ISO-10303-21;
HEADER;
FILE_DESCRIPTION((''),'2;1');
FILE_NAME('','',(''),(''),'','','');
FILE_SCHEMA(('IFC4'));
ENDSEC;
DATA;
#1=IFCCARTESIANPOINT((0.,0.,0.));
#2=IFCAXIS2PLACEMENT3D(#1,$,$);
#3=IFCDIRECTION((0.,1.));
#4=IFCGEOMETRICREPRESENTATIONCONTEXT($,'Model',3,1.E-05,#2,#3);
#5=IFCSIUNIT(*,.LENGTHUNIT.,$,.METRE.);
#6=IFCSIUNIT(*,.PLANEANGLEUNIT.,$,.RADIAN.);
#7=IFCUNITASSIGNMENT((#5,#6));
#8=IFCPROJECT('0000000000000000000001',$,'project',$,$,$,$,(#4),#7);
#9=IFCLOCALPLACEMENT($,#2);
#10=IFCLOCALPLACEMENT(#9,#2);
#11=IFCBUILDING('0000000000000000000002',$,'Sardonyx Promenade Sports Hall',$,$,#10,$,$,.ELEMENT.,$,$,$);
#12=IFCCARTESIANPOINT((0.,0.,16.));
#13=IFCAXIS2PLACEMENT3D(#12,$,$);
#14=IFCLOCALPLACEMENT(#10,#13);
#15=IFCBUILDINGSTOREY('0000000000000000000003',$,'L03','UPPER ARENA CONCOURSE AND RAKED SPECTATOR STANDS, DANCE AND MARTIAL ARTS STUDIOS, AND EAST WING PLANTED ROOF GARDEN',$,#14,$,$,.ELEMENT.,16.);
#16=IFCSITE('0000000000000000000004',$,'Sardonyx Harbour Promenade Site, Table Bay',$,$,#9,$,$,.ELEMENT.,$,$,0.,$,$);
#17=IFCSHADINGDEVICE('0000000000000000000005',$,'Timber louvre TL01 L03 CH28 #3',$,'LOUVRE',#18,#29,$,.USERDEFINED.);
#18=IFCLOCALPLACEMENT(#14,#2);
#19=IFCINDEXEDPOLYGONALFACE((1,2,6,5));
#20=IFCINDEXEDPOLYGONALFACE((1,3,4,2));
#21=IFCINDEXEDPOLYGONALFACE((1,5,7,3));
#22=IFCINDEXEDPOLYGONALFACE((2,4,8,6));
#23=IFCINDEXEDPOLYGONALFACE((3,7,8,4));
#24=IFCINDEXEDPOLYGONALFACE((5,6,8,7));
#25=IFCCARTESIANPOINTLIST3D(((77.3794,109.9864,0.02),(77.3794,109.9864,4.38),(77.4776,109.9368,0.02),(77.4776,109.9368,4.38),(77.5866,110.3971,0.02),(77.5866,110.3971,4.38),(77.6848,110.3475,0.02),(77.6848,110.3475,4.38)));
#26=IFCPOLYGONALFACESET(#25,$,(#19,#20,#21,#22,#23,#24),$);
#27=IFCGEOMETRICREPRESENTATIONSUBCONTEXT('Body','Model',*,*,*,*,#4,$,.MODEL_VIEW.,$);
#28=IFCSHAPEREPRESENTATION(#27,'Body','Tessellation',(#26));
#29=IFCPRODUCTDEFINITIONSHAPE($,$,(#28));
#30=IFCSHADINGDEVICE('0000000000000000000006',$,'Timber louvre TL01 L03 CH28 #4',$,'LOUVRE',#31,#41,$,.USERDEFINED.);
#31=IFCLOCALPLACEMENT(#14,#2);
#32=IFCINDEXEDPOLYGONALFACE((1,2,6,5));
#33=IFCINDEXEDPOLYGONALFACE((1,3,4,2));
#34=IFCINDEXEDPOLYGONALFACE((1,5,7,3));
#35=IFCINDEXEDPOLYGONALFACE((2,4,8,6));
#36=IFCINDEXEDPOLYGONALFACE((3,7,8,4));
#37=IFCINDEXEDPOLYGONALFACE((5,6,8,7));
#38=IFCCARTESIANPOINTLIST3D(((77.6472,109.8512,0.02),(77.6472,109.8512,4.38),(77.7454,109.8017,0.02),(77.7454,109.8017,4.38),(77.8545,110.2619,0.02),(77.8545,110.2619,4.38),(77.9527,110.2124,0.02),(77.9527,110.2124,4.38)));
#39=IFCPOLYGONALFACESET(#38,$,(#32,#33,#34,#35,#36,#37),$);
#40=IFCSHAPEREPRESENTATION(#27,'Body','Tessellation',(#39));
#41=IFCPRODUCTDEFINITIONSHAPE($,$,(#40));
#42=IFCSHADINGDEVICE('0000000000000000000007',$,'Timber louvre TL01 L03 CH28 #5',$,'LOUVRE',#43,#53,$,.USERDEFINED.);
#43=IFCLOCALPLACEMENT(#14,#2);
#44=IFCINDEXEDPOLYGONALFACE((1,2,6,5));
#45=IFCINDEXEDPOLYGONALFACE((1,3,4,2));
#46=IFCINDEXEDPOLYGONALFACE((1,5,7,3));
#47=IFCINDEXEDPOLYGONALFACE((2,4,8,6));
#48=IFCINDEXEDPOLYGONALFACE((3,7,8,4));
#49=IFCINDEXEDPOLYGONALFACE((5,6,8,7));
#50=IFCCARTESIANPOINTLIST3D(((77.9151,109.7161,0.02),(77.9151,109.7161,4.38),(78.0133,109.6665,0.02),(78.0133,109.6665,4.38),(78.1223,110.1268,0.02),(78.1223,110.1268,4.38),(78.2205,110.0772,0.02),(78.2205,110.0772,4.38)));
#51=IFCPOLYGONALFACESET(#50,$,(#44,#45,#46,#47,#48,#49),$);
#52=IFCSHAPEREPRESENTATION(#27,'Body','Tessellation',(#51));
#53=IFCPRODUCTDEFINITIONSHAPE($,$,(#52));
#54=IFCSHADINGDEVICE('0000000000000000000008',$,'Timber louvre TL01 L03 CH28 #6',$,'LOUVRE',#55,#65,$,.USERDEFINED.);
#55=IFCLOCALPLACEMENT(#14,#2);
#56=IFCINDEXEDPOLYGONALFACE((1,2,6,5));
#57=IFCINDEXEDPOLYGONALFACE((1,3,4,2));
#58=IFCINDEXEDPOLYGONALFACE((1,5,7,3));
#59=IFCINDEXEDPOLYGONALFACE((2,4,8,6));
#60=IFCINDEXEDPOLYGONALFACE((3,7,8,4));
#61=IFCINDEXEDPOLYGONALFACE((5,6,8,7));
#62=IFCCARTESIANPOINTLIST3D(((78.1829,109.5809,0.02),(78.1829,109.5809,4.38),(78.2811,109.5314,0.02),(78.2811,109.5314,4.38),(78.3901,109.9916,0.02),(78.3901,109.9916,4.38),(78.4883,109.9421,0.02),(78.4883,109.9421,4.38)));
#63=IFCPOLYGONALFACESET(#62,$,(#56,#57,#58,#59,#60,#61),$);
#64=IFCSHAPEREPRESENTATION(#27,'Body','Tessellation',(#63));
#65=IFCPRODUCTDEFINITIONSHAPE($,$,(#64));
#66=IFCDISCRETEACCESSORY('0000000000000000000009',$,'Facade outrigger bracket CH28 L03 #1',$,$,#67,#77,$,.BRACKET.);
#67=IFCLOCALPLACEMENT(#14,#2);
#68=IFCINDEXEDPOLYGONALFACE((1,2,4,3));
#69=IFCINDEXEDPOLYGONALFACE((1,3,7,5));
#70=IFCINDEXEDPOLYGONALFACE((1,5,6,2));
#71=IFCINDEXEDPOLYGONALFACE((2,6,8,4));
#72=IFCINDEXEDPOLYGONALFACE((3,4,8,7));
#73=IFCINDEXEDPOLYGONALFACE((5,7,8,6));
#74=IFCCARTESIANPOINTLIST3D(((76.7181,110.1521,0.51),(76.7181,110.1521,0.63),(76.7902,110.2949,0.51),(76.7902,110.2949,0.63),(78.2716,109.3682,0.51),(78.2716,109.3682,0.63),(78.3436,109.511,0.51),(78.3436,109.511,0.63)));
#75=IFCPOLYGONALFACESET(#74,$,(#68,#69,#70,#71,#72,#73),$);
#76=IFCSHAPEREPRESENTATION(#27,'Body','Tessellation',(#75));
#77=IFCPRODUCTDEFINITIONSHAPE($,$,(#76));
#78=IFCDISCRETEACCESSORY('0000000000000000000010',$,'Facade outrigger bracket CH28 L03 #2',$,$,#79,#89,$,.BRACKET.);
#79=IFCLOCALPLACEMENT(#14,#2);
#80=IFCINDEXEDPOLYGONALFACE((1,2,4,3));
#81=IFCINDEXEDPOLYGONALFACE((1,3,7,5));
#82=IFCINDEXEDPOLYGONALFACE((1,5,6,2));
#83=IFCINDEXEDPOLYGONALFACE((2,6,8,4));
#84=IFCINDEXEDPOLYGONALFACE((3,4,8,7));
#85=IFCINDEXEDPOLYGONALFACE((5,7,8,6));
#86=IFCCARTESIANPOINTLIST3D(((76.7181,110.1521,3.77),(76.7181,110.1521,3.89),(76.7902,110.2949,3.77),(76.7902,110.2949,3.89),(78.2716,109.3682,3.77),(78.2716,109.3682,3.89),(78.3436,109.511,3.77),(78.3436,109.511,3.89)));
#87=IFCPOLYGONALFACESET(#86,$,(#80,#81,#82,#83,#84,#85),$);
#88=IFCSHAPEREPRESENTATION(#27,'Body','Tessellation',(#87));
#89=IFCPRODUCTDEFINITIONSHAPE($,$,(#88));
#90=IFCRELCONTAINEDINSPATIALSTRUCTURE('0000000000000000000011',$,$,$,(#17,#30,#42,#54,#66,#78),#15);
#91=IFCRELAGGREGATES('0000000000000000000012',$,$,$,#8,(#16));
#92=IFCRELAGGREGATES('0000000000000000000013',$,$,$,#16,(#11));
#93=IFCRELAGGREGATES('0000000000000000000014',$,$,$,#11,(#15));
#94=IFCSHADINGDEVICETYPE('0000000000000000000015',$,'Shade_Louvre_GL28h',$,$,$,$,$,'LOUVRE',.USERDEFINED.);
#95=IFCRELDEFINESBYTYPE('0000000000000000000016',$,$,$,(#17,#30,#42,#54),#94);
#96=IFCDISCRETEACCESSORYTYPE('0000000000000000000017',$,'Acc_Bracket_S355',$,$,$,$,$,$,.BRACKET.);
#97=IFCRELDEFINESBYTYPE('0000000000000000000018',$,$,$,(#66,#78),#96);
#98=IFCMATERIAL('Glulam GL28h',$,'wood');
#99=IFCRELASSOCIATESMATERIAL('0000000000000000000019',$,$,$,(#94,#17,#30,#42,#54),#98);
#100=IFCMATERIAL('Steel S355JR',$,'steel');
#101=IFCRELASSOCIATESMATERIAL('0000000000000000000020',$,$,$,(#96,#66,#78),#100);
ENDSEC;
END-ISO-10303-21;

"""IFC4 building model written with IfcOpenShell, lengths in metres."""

from ifc_helpers import new_model, si_unit, direction, frame, origin, place, context, subcontext, project, spatial, rectangle, extrude, material, type_object, element, save


model = new_model("IFC4")

# Units and contexts
model_context = context("Model", 3, precision=1e-05, world=origin(), true_north=direction((0.0, 1.0)))
body_context = subcontext(model_context, "Body", "Model", "MODEL_VIEW")
ifc_project = project(units=[si_unit("LENGTHUNIT", "METRE"), si_unit("PLANEANGLEUNIT", "RADIAN")], contexts=[model_context])

# Site, building, storey
site_placement = place(None, origin())
site = spatial("IfcSite", under=ifc_project, at=site_placement, Name="Sardonyx Harbour Promenade Site, Table Bay", CompositionType="ELEMENT", RefElevation=0.0)
building_placement = place(site_placement, origin())
building = spatial("IfcBuilding", under=site, at=building_placement, Name="Sardonyx Promenade Sports Hall", CompositionType="ELEMENT")
storey_placement = place(building_placement, frame((0.0, 0.0, 16.0)))
storey = spatial("IfcBuildingStorey", under=building, at=storey_placement, Name="L03", Description="UPPER ARENA CONCOURSE AND RAKED SPECTATOR STANDS, DANCE AND MARTIAL ARTS STUDIOS, AND EAST WING PLANTED ROOF GARDEN", CompositionType="ELEMENT", Elevation=16.0)

# Shading devices
ifc_material_1 = material(Name="Glulam GL28h", Category="wood")
shading_device_type = type_object("IfcShadingDeviceType", Name="Shade_Louvre_GL28h", ElementType="LOUVRE", PredefinedType="USERDEFINED", material=ifc_material_1)
for number, where, z_axis, x_axis, name in (
    (1, (77.5321, 110.167, 0.02), (0.0, 0.0, 1.0), (0.892774, -0.450505, 0.0), "Timber louvre TL01 L03 CH28 #3"),
    (2, (77.7999, 110.0318, 0.02), (0.0, 0.0, 1.0), (0.892774, -0.450505, 0.0), "Timber louvre TL01 L03 CH28 #4"),
    (3, (78.0678, 109.8967, 0.02), (0.0, 0.0, 1.0), (0.892774, -0.450505, 0.0), "Timber louvre TL01 L03 CH28 #5"),
    (4, (78.3356, 109.7615, 0.02), (0.0, 0.0, 1.0), (0.892774, -0.450505, 0.0), "Timber louvre TL01 L03 CH28 #6"),
):
    element("IfcShadingDevice", number, at=place(storey_placement, frame(where, z_axis=z_axis, x_axis=x_axis)), inside=storey, type_object=shading_device_type, material=ifc_material_1, Name=name, ObjectType="LOUVRE", PredefinedType="USERDEFINED", context=body_context, shape_type="SweptSolid", body=[
        extrude(rectangle(XDim=0.11, YDim=0.46), origin(), (0.0, 0.0, 1.0), 4.36),
    ])

# Discrete accessories
ifc_material_2 = material(Name="Steel S355JR", Category="steel")
discrete_accessory_type = type_object("IfcDiscreteAccessoryType", Name="Acc_Bracket_S355", PredefinedType="BRACKET", material=ifc_material_2)
for number, where, z_axis, x_axis, name in (
    (5, (77.5309, 109.8316, 0.51), (0.0, 0.0, 1.0), (0.892774, -0.450505, 0.0), "Facade outrigger bracket CH28 L03 #1"),
    (6, (77.5309, 109.8316, 3.77), (0.0, 0.0, 1.0), (0.892774, -0.450505, 0.0), "Facade outrigger bracket CH28 L03 #2"),
):
    element("IfcDiscreteAccessory", number, at=place(storey_placement, frame(where, z_axis=z_axis, x_axis=x_axis)), inside=storey, type_object=discrete_accessory_type, material=ifc_material_2, Name=name, PredefinedType="BRACKET", context=body_context, shape_type="SweptSolid", body=[
        extrude(rectangle(XDim=1.74, YDim=0.16), origin(), (0.0, 0.0, 1.0), 0.12),
    ])

save(model, "model.ifc")
